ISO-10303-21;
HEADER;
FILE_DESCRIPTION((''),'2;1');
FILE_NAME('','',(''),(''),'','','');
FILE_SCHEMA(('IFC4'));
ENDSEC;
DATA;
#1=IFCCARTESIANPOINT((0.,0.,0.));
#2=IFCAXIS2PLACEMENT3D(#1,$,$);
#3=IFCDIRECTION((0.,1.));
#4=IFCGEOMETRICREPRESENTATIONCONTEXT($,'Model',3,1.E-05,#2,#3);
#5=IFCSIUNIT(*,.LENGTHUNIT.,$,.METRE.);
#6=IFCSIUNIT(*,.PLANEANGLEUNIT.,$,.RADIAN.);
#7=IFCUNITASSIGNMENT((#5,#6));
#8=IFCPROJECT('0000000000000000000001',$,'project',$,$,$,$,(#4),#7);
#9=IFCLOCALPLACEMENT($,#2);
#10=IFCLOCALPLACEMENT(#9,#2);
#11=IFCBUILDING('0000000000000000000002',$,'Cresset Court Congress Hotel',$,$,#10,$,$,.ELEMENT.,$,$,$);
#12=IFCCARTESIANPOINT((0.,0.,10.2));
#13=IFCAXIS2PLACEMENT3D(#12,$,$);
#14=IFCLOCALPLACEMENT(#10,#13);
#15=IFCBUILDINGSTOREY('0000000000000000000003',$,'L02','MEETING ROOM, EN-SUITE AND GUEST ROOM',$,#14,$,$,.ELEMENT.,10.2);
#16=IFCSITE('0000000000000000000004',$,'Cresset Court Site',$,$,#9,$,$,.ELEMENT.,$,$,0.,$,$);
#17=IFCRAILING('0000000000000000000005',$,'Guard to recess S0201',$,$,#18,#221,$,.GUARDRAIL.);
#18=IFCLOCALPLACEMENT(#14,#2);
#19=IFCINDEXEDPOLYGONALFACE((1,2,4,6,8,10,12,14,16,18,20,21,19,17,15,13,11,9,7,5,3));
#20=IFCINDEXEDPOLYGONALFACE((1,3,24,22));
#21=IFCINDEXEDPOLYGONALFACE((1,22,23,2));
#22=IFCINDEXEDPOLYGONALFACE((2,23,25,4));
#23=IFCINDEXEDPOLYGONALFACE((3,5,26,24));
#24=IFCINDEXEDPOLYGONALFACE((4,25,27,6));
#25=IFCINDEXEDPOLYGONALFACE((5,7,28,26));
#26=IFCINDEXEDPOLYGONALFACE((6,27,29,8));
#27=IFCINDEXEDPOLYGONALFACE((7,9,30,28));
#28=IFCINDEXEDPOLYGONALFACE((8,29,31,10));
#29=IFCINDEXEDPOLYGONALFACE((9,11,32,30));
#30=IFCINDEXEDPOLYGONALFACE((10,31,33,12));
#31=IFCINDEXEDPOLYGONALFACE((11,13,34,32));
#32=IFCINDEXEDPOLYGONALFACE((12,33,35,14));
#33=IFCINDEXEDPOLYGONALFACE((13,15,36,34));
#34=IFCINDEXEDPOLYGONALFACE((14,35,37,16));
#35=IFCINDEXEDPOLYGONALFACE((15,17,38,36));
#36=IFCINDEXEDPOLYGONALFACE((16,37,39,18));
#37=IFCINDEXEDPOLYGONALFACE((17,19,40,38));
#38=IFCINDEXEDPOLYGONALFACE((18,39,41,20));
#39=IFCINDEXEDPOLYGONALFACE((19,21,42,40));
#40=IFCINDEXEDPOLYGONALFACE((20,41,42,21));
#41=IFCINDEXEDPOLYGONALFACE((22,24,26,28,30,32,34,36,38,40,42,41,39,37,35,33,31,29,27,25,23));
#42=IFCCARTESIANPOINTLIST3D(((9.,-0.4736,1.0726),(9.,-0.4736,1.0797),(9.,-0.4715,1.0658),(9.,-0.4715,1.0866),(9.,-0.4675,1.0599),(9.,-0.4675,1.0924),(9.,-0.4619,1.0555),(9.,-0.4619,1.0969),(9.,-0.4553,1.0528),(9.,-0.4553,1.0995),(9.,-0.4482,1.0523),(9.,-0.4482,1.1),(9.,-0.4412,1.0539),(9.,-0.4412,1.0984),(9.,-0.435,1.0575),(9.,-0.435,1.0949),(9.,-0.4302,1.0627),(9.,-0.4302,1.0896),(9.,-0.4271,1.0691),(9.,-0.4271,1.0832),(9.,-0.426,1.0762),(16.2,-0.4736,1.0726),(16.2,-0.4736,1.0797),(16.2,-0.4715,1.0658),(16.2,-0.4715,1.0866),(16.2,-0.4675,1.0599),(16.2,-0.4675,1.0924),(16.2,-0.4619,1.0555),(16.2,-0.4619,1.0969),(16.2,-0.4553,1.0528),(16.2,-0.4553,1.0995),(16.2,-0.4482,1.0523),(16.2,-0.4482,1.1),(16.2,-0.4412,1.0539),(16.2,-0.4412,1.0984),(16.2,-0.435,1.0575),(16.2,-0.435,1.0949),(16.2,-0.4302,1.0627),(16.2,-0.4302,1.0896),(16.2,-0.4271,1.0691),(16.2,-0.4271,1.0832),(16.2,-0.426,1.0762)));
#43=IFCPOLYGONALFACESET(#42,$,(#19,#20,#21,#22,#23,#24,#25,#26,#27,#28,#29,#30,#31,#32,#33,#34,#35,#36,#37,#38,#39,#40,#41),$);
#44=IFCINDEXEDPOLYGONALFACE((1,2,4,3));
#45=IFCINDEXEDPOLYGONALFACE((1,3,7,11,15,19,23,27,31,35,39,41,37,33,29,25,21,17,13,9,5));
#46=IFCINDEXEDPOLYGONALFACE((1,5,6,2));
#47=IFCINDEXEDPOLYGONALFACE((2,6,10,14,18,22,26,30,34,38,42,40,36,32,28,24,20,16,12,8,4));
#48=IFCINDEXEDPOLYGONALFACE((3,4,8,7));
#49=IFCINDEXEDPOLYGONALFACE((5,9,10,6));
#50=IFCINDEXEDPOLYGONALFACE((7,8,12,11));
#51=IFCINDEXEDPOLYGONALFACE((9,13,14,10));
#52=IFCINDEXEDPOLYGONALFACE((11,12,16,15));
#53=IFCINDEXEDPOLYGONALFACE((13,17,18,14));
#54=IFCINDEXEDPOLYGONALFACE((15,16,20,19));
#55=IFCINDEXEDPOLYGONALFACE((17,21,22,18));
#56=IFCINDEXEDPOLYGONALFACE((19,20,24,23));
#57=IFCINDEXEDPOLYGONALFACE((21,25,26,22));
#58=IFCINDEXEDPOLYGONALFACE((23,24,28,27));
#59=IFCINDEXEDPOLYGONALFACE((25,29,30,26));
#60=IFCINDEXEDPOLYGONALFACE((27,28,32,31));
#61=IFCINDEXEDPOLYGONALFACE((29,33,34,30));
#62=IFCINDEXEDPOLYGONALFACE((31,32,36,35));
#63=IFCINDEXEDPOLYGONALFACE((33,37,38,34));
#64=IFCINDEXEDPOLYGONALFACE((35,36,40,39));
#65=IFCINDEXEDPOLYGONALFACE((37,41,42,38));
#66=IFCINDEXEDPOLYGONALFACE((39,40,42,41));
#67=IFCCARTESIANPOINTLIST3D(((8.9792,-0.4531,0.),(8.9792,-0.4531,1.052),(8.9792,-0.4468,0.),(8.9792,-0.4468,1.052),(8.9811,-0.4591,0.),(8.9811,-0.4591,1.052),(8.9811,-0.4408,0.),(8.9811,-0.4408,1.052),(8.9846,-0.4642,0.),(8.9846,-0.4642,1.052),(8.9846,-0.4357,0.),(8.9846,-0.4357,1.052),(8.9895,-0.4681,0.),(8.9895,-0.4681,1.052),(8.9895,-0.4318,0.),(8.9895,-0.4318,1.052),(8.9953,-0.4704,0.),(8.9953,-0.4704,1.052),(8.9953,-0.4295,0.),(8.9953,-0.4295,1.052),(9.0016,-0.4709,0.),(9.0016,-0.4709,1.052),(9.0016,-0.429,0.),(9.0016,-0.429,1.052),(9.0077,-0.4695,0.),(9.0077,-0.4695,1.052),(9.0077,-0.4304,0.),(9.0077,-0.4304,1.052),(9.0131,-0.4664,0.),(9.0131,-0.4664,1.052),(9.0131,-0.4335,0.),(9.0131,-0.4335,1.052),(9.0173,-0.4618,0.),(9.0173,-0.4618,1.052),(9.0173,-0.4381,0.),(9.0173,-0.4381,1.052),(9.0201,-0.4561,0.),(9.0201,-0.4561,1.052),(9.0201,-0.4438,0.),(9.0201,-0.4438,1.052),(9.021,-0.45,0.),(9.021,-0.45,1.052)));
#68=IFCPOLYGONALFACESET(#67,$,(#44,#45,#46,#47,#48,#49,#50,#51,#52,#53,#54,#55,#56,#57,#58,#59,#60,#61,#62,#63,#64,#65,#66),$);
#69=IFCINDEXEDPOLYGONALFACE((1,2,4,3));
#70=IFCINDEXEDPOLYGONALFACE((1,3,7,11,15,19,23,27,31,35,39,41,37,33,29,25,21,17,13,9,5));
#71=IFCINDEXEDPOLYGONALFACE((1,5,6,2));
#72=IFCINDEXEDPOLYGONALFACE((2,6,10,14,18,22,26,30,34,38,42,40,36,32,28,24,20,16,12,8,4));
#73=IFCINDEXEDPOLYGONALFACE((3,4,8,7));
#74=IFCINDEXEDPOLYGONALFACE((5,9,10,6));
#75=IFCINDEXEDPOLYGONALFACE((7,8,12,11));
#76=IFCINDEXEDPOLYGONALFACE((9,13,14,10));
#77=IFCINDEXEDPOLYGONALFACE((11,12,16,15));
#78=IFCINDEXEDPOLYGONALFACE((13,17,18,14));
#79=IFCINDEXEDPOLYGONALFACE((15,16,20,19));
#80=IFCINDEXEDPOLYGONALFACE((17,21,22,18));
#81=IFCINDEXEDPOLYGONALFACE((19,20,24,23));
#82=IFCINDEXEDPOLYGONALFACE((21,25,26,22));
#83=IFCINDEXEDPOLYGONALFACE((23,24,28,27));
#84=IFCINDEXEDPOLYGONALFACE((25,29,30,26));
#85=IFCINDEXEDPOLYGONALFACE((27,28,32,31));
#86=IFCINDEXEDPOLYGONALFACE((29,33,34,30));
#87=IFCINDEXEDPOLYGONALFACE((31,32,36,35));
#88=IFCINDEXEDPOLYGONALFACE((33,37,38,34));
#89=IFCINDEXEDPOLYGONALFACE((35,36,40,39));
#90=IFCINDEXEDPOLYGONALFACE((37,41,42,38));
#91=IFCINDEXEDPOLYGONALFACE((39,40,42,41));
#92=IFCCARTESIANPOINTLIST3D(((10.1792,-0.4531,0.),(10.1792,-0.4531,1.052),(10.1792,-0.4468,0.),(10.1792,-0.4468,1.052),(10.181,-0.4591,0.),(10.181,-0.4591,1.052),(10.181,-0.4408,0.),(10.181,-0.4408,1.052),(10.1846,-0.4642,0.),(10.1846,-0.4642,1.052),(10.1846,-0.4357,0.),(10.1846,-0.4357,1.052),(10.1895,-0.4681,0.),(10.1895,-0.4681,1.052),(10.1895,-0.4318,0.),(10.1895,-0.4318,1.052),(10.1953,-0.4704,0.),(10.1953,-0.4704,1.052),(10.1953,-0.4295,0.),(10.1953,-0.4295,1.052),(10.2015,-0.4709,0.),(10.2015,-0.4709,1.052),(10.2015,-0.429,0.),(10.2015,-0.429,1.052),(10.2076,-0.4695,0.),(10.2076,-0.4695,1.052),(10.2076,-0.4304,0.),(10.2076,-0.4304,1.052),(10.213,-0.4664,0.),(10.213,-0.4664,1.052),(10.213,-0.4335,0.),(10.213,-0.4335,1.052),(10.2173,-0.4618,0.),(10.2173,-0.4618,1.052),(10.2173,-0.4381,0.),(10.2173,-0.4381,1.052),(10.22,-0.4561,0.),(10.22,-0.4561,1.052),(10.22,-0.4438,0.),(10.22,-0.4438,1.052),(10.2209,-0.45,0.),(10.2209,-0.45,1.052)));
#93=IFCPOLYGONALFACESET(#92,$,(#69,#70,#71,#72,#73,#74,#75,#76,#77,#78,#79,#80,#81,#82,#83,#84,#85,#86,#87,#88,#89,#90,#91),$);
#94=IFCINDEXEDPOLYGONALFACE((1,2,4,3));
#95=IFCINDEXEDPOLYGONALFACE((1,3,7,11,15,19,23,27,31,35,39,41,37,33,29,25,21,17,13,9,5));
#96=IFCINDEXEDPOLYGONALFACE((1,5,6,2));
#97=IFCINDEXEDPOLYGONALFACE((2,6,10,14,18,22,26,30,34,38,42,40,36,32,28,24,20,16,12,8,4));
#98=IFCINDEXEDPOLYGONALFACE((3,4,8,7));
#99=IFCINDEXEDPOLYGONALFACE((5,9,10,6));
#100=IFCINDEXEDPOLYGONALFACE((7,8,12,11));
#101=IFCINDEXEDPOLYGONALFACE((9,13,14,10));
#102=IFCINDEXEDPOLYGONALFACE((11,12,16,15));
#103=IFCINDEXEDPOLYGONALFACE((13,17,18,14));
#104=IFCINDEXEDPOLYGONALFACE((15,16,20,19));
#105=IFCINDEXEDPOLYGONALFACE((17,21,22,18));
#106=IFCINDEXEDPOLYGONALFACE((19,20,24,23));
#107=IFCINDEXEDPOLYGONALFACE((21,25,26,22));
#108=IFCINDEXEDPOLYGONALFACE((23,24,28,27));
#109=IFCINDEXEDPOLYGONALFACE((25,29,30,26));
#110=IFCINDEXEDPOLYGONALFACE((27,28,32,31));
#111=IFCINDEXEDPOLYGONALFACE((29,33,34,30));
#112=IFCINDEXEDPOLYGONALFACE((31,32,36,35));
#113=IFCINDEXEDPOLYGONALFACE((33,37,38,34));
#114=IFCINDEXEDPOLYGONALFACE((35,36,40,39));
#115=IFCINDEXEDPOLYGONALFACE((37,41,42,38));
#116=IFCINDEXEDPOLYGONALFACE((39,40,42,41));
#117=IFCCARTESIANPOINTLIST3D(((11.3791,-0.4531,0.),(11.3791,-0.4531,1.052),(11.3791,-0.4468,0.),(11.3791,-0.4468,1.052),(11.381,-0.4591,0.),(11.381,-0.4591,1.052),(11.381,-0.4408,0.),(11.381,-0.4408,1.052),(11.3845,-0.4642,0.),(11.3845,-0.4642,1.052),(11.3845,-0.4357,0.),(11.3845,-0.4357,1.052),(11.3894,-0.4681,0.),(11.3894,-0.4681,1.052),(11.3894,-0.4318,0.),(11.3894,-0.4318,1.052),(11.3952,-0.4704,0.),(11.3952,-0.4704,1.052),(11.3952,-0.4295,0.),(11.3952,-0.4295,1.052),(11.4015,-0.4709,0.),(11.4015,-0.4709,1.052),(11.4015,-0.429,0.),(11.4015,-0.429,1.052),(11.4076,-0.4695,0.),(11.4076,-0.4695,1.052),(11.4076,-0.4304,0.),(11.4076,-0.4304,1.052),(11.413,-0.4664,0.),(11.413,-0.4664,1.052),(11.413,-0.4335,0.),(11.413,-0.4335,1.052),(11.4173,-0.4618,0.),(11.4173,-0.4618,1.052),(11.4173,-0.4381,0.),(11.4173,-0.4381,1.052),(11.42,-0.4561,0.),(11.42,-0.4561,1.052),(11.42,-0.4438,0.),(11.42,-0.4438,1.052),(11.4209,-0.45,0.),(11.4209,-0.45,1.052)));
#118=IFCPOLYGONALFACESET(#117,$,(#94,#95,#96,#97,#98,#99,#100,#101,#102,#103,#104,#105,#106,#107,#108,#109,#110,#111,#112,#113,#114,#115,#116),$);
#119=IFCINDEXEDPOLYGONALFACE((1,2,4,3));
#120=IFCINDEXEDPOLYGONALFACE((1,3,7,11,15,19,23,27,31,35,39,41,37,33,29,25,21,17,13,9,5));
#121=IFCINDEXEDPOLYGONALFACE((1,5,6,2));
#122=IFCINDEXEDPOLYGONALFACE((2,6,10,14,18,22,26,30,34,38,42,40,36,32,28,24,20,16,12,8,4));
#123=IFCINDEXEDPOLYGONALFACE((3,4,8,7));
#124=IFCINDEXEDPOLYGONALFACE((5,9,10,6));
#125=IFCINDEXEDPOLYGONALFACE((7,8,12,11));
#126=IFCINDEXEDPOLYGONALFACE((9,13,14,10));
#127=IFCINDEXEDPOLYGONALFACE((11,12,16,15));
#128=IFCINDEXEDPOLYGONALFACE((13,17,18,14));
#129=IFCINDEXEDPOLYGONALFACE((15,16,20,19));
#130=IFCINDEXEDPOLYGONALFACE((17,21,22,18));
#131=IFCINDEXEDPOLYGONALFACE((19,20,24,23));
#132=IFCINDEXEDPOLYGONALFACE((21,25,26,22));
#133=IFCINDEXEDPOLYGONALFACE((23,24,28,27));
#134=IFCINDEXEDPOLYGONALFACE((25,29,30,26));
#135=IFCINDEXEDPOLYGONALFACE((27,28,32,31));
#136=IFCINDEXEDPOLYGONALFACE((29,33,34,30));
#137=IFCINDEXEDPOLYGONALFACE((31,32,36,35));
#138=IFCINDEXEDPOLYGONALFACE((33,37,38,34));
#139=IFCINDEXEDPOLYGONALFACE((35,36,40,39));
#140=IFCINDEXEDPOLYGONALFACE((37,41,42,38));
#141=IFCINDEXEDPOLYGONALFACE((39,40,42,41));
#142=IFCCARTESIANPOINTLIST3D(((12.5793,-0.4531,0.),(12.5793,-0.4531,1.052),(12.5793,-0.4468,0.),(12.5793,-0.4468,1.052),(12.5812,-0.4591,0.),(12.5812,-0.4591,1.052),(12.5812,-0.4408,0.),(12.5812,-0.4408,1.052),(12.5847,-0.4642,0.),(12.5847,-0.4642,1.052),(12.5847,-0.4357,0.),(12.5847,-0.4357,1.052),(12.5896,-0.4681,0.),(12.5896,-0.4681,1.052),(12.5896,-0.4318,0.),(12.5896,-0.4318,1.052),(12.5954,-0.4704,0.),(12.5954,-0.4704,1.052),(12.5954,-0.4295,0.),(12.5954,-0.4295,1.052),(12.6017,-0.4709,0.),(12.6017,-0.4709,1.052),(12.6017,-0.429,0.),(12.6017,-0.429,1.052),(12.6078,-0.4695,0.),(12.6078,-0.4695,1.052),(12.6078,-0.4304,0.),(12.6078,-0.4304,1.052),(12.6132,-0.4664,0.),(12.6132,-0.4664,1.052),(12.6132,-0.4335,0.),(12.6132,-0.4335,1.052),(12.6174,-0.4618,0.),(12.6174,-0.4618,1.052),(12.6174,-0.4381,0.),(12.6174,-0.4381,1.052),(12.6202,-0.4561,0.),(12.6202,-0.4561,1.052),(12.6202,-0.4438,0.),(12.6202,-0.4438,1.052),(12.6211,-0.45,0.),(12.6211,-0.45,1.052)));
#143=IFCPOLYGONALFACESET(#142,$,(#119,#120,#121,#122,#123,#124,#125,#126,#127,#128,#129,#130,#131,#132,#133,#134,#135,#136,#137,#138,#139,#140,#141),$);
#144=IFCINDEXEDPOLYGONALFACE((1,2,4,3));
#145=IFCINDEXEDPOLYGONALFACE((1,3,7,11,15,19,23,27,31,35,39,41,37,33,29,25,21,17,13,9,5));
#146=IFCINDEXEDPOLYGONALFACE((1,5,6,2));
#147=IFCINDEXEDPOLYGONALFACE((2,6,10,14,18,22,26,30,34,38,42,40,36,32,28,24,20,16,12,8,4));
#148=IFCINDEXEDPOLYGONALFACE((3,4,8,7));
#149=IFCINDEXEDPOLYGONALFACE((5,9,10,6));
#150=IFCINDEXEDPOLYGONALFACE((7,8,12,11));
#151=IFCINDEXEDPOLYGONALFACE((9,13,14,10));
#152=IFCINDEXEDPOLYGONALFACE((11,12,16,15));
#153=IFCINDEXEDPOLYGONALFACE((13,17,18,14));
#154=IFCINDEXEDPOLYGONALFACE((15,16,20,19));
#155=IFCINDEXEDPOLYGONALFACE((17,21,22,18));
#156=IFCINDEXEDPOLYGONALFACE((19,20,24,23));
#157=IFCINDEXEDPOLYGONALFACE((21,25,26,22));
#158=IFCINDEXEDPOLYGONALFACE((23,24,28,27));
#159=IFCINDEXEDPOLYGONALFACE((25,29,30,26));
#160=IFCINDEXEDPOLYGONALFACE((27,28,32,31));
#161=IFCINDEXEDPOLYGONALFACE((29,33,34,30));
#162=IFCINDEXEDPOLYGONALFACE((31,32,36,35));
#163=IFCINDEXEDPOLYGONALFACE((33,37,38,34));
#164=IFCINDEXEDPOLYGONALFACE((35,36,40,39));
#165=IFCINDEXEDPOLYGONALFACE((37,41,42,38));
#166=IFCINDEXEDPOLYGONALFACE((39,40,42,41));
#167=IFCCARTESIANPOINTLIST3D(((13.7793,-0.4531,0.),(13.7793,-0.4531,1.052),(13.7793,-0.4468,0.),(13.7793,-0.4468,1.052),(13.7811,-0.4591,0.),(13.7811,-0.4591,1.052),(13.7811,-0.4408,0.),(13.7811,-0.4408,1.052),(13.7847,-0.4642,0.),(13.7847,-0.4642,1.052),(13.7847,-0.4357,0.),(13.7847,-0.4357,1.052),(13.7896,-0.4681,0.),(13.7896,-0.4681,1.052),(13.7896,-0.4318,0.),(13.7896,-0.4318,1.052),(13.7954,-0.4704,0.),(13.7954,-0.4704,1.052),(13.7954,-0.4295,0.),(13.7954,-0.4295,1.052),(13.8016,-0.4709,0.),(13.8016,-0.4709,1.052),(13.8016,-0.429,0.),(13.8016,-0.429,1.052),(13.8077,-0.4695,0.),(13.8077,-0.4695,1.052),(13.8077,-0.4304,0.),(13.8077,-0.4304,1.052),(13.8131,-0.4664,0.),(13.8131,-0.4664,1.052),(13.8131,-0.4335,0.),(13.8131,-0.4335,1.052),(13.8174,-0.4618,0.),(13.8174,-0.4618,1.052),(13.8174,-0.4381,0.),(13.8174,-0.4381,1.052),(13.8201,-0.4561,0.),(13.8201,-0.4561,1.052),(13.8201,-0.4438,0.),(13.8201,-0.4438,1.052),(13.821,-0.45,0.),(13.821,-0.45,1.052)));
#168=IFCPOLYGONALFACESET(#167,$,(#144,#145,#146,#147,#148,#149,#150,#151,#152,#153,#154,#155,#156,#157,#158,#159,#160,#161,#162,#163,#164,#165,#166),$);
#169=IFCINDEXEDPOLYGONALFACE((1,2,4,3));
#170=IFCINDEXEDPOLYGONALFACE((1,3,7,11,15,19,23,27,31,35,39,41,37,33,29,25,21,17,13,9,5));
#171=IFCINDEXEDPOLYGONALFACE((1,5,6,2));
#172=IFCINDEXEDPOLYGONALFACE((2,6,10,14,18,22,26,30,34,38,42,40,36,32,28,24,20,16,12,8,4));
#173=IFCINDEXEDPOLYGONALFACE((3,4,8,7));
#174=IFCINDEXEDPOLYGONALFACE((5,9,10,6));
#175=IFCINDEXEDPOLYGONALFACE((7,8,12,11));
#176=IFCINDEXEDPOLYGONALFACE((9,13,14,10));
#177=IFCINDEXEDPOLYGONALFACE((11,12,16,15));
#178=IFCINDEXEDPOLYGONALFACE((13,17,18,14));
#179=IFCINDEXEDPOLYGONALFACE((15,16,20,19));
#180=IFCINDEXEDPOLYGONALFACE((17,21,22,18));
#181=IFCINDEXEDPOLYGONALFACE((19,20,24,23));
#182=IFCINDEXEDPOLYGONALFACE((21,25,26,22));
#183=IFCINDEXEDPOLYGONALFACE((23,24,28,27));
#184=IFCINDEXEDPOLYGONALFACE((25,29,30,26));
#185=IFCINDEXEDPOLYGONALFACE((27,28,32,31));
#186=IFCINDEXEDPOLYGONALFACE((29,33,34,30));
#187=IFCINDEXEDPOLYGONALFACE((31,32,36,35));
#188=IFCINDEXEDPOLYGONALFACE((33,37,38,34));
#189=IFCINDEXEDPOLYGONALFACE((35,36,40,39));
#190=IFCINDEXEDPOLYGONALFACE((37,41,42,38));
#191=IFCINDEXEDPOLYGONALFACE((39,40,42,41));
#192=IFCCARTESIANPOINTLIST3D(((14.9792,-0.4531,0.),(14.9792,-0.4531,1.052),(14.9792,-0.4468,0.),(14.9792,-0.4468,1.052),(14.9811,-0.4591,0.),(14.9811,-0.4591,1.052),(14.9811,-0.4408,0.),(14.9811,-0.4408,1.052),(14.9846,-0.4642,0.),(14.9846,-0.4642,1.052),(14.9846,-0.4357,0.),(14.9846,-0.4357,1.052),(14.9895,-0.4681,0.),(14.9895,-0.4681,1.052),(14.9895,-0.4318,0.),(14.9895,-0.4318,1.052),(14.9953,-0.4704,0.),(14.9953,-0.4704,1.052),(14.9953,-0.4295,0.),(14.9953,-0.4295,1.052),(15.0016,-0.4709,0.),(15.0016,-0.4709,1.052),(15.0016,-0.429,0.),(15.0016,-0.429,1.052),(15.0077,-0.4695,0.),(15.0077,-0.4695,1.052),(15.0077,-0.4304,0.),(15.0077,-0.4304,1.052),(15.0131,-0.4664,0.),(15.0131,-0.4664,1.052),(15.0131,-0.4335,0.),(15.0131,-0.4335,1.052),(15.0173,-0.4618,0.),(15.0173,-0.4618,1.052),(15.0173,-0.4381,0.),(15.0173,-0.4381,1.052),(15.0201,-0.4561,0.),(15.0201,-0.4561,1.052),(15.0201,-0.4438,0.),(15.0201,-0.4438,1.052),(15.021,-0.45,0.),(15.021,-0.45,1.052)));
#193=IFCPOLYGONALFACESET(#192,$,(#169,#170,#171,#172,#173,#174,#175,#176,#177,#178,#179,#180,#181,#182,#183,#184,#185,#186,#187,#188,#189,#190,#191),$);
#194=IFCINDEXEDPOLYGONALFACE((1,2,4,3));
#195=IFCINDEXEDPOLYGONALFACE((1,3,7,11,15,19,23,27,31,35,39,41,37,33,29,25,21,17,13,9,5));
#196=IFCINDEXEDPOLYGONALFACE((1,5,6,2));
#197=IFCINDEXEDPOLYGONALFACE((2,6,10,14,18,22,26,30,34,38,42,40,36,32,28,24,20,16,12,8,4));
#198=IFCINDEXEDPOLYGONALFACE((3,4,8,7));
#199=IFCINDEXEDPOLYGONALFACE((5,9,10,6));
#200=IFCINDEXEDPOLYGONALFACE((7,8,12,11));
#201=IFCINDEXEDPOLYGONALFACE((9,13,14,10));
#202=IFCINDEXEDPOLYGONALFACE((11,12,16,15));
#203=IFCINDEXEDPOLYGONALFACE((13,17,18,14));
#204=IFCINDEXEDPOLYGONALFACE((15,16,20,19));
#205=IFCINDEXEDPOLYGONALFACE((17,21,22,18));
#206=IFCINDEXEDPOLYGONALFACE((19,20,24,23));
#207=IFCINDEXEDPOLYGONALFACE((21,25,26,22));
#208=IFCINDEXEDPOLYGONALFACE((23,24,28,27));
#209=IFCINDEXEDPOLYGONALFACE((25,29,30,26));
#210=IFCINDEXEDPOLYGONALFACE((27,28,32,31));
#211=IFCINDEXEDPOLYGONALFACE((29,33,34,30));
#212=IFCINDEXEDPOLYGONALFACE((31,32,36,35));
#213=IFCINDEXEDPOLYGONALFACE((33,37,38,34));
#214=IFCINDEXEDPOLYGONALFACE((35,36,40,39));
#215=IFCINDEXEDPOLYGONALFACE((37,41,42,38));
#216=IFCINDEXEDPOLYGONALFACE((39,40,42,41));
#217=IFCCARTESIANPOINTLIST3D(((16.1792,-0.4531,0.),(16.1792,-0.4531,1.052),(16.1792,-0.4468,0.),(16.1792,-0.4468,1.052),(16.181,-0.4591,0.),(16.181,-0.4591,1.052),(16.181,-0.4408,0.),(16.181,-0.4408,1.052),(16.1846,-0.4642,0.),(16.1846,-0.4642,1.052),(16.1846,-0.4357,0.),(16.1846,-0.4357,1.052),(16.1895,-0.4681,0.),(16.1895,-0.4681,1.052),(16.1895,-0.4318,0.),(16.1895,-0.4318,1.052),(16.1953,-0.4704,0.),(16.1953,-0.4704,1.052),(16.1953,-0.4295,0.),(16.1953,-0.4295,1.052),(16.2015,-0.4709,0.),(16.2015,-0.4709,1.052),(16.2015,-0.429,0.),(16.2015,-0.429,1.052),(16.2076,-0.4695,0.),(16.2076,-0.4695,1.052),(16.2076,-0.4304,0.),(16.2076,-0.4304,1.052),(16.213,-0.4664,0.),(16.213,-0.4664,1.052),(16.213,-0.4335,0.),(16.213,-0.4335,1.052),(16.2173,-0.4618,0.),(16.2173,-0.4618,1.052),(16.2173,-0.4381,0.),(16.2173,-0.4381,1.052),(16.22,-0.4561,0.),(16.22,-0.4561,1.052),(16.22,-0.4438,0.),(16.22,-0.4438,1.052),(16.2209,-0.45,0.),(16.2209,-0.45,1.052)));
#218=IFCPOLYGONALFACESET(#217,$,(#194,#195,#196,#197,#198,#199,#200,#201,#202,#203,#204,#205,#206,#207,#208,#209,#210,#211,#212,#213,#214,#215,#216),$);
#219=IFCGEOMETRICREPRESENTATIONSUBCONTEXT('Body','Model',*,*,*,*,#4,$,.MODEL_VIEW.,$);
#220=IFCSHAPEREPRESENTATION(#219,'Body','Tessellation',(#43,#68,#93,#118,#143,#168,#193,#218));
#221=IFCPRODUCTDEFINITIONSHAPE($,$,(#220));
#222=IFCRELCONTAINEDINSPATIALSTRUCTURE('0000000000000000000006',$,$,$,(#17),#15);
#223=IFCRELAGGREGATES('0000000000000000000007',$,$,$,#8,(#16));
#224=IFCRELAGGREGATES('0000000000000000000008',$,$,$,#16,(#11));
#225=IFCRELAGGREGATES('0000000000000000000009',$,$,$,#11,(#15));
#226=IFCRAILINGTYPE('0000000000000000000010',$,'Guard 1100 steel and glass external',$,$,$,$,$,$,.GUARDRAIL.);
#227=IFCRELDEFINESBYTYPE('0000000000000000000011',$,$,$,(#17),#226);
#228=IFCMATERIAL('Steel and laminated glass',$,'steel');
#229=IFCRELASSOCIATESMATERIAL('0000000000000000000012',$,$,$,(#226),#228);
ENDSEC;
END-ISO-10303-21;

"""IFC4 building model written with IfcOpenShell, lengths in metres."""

from ifc_helpers import new_model, si_unit, direction, frame, origin, origin_2d, place, context, subcontext, project, spatial, circle, extrude, material, type_object, element, save


model = new_model("IFC4")

# Units and contexts
model_context = context("Model", 3, precision=1e-05, world=origin(), true_north=direction((0.0, 1.0)))
body_context = subcontext(model_context, "Body", "Model", "MODEL_VIEW")
ifc_project = project(units=[si_unit("LENGTHUNIT", "METRE"), si_unit("PLANEANGLEUNIT", "RADIAN")], contexts=[model_context])

# Site, building, storey
site_placement = place(None, origin())
site = spatial("IfcSite", under=ifc_project, at=site_placement, Name="Cresset Court Site", CompositionType="ELEMENT", RefElevation=0.0)
building_placement = place(site_placement, origin())
building = spatial("IfcBuilding", under=site, at=building_placement, Name="Cresset Court Congress Hotel", CompositionType="ELEMENT")
storey_placement = place(building_placement, frame((0.0, 0.0, 10.2)))
storey = spatial("IfcBuildingStorey", under=building, at=storey_placement, Name="L02", Description="MEETING ROOM, EN-SUITE AND GUEST ROOM", CompositionType="ELEMENT", Elevation=10.2)

# Railing
ifc_material_1 = material(Name="Steel and laminated glass", Category="steel")
railing_type = type_object("IfcRailingType", Name="Guard 1100 steel and glass external", PredefinedType="GUARDRAIL", material=ifc_material_1)
railing_placement = place(storey_placement, frame((9.0, -0.45, 0.0)))
element("IfcRailing", 1, at=railing_placement, inside=storey, type_object=railing_type, Name="Guard to recess S0201", PredefinedType="GUARDRAIL", context=body_context, shape_type="SweptSolid", body=[
    extrude(circle(Radius=0.0239, at=origin_2d()), frame((0.0, 0.0, 1.0762), z_axis=(1.0, 0.0, 0.0), x_axis=(0.0, 1.0, 0.0)), (0.0, 0.0, 1.0), 7.2),
    extrude(circle(Radius=0.021, at=origin_2d()), origin(), (0.0, 0.0, 1.0), 1.052),
    extrude(circle(Radius=0.021, at=origin_2d()), frame((1.2, 0.0, 0.0)), (0.0, 0.0, 1.0), 1.052),
    extrude(circle(Radius=0.021, at=origin_2d()), frame((2.3999, 0.0, 0.0)), (0.0, 0.0, 1.0), 1.052),
    extrude(circle(Radius=0.021, at=origin_2d()), frame((3.6001, 0.0, 0.0)), (0.0, 0.0, 1.0), 1.052),
    extrude(circle(Radius=0.021, at=origin_2d()), frame((4.8, 0.0, 0.0)), (0.0, 0.0, 1.0), 1.052),
    extrude(circle(Radius=0.021, at=origin_2d()), frame((6.0, 0.0, 0.0)), (0.0, 0.0, 1.0), 1.052),
    extrude(circle(Radius=0.021, at=origin_2d()), frame((7.2, 0.0, 0.0)), (0.0, 0.0, 1.0), 1.052),
])

save(model, "model.ifc")
